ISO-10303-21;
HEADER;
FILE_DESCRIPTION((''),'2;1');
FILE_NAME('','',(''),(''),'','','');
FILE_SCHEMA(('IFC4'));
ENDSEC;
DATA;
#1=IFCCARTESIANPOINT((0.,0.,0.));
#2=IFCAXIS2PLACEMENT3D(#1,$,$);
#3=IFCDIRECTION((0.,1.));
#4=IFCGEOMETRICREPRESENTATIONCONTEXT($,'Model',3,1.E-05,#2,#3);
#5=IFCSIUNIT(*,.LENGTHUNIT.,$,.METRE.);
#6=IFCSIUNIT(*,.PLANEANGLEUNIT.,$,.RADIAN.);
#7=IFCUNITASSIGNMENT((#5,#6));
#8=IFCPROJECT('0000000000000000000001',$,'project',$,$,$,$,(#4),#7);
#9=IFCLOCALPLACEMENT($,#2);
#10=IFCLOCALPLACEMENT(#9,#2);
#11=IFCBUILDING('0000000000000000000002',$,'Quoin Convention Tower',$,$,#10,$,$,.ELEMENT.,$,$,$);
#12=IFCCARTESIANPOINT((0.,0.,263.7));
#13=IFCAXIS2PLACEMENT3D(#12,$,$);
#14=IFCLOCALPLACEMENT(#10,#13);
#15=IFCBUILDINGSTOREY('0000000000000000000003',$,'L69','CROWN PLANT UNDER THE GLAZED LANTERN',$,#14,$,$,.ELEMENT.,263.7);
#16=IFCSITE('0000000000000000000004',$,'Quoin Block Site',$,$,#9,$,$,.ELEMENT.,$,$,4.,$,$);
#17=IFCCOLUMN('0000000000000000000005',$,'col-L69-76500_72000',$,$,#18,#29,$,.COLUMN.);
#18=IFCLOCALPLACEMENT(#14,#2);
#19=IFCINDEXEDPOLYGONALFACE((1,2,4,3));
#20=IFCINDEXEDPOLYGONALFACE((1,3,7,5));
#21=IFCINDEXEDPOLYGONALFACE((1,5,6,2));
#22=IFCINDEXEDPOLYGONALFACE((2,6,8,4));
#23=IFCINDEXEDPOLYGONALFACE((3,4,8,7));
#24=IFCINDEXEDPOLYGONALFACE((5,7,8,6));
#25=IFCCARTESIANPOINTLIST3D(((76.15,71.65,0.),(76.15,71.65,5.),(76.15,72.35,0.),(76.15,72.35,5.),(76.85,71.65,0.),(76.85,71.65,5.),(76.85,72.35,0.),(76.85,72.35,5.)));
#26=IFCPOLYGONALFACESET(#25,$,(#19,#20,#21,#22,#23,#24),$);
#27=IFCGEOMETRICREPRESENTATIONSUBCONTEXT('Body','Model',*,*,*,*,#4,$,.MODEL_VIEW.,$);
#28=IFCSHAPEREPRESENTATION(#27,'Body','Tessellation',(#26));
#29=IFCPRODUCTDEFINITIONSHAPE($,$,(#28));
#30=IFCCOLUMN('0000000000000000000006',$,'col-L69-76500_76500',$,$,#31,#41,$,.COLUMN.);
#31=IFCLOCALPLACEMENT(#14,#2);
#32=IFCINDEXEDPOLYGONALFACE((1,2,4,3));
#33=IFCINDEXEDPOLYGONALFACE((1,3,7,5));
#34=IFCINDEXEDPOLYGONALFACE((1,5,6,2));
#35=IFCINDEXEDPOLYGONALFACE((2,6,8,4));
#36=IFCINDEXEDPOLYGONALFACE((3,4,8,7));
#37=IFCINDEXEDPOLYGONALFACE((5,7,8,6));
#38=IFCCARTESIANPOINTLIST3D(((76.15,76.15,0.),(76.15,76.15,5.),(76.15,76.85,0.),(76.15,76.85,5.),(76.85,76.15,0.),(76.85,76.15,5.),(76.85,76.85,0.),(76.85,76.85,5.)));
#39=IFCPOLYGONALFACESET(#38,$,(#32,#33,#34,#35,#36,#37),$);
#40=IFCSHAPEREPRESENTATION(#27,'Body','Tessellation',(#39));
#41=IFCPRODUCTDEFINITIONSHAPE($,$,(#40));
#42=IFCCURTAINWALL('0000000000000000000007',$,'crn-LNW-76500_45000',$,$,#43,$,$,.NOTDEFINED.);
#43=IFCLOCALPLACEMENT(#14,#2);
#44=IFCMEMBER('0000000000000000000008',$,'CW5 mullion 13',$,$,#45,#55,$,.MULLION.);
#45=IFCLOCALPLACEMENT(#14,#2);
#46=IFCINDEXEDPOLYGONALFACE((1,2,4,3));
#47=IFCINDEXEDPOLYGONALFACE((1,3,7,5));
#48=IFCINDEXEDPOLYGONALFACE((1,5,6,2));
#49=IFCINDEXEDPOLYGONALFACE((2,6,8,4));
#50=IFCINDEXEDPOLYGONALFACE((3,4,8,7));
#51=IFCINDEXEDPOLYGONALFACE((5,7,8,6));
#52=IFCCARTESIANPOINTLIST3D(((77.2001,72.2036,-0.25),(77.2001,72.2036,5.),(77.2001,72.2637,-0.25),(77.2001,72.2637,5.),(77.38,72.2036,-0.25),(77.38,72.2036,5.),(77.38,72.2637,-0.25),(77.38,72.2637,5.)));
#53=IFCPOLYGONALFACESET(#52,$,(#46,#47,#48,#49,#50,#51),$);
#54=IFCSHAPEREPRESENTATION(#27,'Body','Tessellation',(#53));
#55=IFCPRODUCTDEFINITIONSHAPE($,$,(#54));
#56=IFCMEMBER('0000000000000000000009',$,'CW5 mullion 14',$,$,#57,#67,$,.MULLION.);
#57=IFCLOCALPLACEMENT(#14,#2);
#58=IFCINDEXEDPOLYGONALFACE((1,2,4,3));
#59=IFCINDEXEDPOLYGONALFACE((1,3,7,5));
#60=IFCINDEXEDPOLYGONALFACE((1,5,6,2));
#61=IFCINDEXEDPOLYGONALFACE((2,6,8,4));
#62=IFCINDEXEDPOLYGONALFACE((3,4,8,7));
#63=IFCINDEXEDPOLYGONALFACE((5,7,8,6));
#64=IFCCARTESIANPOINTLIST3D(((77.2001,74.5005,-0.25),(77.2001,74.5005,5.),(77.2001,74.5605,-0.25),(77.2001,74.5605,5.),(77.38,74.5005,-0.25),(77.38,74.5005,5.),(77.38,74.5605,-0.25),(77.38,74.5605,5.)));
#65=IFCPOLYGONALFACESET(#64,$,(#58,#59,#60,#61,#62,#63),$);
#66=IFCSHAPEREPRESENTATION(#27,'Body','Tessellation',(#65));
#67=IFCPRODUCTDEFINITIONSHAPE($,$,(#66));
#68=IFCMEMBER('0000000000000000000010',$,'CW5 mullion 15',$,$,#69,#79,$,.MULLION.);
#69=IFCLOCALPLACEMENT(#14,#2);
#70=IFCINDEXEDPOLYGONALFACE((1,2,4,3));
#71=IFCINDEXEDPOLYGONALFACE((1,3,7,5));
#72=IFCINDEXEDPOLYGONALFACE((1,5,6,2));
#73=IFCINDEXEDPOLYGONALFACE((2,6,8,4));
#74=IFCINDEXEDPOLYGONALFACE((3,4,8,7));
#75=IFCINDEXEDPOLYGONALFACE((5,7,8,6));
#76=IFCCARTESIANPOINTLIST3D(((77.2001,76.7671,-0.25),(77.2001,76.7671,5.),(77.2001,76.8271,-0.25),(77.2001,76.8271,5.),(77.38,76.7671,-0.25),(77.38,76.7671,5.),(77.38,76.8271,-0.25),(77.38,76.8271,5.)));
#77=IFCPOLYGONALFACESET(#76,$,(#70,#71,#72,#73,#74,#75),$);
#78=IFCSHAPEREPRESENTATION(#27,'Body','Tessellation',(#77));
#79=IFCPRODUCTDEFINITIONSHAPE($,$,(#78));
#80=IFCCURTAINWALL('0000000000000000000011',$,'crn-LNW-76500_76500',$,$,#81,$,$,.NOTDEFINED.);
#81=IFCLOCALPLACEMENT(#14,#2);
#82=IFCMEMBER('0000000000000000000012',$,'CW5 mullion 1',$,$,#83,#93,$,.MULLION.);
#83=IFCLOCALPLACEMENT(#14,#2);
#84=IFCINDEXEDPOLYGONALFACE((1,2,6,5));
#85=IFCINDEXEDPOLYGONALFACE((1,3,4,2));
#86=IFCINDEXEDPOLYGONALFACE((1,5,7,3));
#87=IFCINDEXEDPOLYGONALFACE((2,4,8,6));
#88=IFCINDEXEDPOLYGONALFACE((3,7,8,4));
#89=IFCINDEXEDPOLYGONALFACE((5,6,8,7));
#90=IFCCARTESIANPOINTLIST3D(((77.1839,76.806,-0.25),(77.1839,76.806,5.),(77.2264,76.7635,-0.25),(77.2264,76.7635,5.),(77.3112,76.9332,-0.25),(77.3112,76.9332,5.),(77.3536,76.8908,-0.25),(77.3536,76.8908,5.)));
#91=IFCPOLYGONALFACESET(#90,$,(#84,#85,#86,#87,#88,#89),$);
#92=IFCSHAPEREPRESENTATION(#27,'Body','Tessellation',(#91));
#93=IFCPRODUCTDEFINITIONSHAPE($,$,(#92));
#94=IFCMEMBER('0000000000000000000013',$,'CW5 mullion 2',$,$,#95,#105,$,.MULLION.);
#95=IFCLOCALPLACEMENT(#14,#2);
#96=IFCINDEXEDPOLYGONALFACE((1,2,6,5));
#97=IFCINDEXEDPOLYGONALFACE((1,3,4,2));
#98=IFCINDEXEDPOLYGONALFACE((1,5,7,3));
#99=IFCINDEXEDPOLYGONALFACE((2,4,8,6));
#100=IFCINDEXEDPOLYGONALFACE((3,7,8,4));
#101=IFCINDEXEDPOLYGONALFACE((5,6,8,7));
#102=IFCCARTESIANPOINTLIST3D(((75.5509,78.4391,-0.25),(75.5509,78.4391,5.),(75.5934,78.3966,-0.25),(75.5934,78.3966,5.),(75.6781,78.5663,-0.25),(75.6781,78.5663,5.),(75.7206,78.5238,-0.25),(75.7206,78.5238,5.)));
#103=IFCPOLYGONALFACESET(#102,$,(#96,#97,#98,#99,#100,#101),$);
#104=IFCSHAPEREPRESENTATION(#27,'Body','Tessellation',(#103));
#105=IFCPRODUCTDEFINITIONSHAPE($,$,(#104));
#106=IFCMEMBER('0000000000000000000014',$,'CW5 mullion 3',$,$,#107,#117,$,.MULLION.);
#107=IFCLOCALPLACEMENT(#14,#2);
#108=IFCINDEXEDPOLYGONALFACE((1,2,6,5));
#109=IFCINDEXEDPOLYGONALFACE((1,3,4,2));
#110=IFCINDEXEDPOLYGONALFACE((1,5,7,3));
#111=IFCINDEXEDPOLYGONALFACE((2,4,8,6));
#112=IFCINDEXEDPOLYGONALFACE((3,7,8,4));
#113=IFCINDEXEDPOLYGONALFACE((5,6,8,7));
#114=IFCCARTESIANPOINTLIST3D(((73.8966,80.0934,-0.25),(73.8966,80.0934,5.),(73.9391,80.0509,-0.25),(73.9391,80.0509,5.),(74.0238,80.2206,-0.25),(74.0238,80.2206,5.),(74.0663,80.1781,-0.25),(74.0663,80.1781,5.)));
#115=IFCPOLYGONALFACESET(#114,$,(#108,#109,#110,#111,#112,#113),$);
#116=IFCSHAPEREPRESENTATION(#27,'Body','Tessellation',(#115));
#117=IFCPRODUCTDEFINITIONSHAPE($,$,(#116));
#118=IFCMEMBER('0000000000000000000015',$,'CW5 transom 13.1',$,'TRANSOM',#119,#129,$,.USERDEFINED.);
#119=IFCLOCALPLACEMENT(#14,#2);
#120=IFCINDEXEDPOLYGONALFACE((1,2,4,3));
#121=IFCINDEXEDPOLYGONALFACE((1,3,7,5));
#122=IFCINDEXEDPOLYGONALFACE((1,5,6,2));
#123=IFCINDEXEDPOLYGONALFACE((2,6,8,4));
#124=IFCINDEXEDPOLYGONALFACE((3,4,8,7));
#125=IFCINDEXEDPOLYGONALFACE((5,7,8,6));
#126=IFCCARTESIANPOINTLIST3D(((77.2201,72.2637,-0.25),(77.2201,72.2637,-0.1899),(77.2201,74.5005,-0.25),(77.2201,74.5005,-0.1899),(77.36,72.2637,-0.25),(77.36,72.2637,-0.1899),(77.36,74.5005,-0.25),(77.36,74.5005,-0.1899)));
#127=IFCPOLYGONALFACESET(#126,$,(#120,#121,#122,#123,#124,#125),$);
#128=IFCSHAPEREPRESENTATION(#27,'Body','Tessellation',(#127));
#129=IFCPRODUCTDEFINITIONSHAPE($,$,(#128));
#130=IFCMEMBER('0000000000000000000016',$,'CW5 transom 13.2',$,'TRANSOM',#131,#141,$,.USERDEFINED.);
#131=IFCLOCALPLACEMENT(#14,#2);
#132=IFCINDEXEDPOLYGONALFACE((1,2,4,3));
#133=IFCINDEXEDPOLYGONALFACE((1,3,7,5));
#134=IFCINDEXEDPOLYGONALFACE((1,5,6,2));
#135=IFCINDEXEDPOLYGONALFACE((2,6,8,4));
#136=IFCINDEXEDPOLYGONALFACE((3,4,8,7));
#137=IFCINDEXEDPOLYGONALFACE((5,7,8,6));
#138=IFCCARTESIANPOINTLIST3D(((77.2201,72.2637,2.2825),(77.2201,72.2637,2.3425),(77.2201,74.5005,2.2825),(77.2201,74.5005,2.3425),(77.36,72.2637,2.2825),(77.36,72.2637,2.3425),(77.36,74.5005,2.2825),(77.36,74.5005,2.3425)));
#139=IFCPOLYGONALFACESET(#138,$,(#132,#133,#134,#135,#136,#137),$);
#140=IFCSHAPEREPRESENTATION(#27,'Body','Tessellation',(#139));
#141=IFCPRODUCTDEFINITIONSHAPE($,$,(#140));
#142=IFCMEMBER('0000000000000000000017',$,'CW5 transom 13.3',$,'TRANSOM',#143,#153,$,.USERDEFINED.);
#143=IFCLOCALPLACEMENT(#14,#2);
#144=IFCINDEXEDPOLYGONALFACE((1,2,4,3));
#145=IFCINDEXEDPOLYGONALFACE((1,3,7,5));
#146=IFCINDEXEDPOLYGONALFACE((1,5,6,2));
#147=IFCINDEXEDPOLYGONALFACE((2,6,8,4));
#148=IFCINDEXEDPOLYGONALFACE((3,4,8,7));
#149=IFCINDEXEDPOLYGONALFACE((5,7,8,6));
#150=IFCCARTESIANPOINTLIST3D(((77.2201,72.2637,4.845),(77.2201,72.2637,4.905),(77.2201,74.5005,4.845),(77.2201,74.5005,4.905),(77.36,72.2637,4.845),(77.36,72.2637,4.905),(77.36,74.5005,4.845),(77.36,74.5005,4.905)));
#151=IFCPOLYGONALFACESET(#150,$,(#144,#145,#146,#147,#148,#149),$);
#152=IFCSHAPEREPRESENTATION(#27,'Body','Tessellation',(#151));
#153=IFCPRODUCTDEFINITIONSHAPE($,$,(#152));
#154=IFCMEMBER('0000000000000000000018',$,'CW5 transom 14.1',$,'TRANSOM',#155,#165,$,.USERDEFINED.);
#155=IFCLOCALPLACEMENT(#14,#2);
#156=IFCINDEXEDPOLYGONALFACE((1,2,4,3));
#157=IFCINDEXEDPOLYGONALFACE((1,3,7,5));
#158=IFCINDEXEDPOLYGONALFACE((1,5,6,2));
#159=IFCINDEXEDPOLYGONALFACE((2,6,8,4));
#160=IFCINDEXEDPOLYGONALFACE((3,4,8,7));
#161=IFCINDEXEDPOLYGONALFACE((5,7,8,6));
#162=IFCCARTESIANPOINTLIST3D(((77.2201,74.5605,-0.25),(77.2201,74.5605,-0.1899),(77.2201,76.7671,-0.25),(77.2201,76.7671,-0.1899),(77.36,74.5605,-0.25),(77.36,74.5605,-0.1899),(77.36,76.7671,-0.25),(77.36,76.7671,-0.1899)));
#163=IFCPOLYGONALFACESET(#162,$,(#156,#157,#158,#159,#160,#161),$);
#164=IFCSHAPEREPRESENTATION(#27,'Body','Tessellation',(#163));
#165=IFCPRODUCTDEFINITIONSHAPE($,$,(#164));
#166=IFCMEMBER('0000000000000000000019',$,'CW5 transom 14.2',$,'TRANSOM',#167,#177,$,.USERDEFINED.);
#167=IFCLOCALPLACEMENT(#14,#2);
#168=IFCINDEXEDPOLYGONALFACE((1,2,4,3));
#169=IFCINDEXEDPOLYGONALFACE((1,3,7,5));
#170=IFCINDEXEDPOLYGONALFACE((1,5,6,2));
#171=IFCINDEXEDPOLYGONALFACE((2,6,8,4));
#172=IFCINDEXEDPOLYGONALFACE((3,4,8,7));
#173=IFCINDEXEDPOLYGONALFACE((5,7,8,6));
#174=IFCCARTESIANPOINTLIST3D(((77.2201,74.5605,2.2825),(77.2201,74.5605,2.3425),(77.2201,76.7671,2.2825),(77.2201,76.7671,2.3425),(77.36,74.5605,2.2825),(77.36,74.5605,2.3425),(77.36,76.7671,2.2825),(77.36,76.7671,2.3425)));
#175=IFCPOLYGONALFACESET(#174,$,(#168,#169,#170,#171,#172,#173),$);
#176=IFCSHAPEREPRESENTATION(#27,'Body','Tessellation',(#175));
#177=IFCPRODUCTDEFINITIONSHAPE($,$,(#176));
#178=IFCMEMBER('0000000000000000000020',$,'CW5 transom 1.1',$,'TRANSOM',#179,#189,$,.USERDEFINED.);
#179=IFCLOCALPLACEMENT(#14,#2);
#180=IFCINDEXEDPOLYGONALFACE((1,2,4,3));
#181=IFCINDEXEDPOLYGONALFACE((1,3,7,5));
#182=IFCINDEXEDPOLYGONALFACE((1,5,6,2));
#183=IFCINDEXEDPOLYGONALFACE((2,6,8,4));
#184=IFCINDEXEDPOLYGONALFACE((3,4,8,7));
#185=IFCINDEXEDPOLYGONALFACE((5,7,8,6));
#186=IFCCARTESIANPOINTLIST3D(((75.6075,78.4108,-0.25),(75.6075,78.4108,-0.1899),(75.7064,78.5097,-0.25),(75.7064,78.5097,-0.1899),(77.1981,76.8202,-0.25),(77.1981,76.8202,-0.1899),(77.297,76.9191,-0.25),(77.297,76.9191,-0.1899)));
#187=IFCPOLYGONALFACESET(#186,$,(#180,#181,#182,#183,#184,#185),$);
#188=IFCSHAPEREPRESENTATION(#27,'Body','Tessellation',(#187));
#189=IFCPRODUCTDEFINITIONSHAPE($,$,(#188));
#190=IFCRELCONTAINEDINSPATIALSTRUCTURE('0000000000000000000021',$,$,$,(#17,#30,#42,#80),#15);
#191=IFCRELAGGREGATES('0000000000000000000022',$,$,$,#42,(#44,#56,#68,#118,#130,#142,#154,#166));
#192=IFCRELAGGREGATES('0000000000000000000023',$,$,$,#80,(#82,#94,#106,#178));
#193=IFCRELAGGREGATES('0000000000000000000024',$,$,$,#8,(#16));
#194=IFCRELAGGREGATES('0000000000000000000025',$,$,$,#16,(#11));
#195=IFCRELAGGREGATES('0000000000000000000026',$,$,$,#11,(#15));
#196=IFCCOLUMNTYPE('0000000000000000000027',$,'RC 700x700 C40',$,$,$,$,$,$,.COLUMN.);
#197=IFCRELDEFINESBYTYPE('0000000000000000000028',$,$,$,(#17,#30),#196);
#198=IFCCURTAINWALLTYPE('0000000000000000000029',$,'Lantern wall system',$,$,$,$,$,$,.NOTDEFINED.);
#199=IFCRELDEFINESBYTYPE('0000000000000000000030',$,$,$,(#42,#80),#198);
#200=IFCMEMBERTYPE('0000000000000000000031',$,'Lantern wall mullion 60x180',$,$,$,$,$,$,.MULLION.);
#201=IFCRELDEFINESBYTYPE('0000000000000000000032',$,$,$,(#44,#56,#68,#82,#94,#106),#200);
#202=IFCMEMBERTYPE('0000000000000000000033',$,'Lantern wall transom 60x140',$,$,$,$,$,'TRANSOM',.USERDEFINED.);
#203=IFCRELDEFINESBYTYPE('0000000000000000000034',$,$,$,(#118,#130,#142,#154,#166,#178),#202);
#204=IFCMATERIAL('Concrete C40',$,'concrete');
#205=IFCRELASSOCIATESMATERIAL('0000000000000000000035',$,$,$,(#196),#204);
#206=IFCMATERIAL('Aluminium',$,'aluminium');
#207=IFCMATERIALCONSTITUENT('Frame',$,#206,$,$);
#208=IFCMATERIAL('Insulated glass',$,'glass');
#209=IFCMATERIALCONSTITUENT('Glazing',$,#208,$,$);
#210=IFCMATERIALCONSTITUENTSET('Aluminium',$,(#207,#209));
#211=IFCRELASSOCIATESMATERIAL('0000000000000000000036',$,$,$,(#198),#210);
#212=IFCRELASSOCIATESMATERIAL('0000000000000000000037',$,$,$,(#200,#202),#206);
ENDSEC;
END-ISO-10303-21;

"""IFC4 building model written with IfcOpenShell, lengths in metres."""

from ifc_helpers import new_model, si_unit, direction, frame, origin, origin_2d, place, context, subcontext, project, spatial, rectangle, extrude, material, constituent, constituent_set, material_profile, profile_set, type_object, element, aggregate, save


model = new_model("IFC4")

# Units and contexts
model_context = context("Model", 3, precision=1e-05, world=origin(), true_north=direction((0.0, 1.0)))
body_context = subcontext(model_context, "Body", "Model", "MODEL_VIEW")
ifc_project = project(units=[si_unit("LENGTHUNIT", "METRE"), si_unit("PLANEANGLEUNIT", "RADIAN")], contexts=[model_context])

# Site, building, storey
site_placement = place(None, origin())
site = spatial("IfcSite", under=ifc_project, at=site_placement, Name="Quoin Block Site", CompositionType="ELEMENT", RefElevation=4.0)
building_placement = place(site_placement, origin())
building = spatial("IfcBuilding", under=site, at=building_placement, Name="Quoin Convention Tower", CompositionType="ELEMENT")
storey_placement = place(building_placement, frame((0.0, 0.0, 263.7)))
storey = spatial("IfcBuildingStorey", under=building, at=storey_placement, Name="L69", Description="CROWN PLANT UNDER THE GLAZED LANTERN", CompositionType="ELEMENT", Elevation=263.7)

# Columns
ifc_material_1 = material(Name="Concrete C40", Category="concrete")
ifc_material_profile_1 = material_profile(ifc_material_1, rectangle(XDim=0.7, YDim=0.7, at=origin_2d()), Name="RC 700x700")
ifc_profile_set_1 = profile_set([ifc_material_profile_1], Name="Concrete C40")
column_type = type_object("IfcColumnType", Name="RC 700x700 C40", PredefinedType="COLUMN", material=ifc_profile_set_1)
for number, where, z_axis, x_axis, name in (
    (1, (76.5, 72.0, 0.0), (0.0, 0.0, 1.0), (1.0, 0.0, 0.0), "col-L69-76500_72000"),
    (2, (76.5, 76.5, 0.0), (0.0, 0.0, 1.0), (1.0, 0.0, 0.0), "col-L69-76500_76500"),
):
    element("IfcColumn", number, at=place(storey_placement, frame(where, z_axis=z_axis, x_axis=x_axis)), inside=storey, type_object=column_type, Name=name, PredefinedType="COLUMN", context=body_context, shape_type="SweptSolid", body=[
        extrude(rectangle(XDim=0.7, YDim=0.7, at=origin_2d()), origin(), (0.0, 0.0, 1.0), 5.0),
    ])

# Curtain walls, members
ifc_material_2 = material(Name="Aluminium", Category="aluminium")
ifc_constituent_1 = constituent(ifc_material_2, Name="Frame")
ifc_material_3 = material(Name="Insulated glass", Category="glass")
ifc_constituent_2 = constituent(ifc_material_3, Name="Glazing")
ifc_constituent_set = constituent_set(constituents=[ifc_constituent_1, ifc_constituent_2], Name="Aluminium")
curtain_wall_type = type_object("IfcCurtainWallType", Name="Lantern wall system", PredefinedType="NOTDEFINED", material=ifc_constituent_set)
curtain_wall_1_placement = place(storey_placement, origin())
curtain_wall_1 = element("IfcCurtainWall", 3, at=curtain_wall_1_placement, inside=storey, type_object=curtain_wall_type, Name="crn-LNW-76500_45000", PredefinedType="NOTDEFINED")
ifc_material_profile_2 = material_profile(ifc_material_2, rectangle(XDim=0.1799, YDim=0.0601, at=origin_2d()), Name="Lantern wall mullion 60x180")
ifc_profile_set_2 = profile_set([ifc_material_profile_2], Name="Aluminium")
member_type_1 = type_object("IfcMemberType", Name="Lantern wall mullion 60x180", PredefinedType="MULLION", material=ifc_profile_set_2)
member_1_placement = place(storey_placement, frame((77.29, 72.2336, -0.25), z_axis=(0.0, 0.0, 1.0), x_axis=(-1.0, 0.0, 0.0)))
member_1 = element("IfcMember", 4, at=member_1_placement, type_object=member_type_1, Name="CW5 mullion 13", PredefinedType="MULLION", context=body_context, shape_type="SweptSolid", body=[
    extrude(rectangle(XDim=0.1799, YDim=0.0601, at=origin_2d()), origin(), (0.0, 0.0, 1.0), 5.25),
])
member_2_placement = place(storey_placement, frame((77.29, 74.5305, -0.25), z_axis=(0.0, 0.0, 1.0), x_axis=(-1.0, 0.0, 0.0)))
member_2 = element("IfcMember", 5, at=member_2_placement, type_object=member_type_1, Name="CW5 mullion 14", PredefinedType="MULLION", context=body_context, shape_type="SweptSolid", body=[
    extrude(rectangle(XDim=0.1799, YDim=0.0601, at=origin_2d()), origin(), (0.0, 0.0, 1.0), 5.25),
])
member_3_placement = place(storey_placement, frame((77.29, 76.7971, -0.25), z_axis=(0.0, 0.0, 1.0), x_axis=(-1.0, 0.0, 0.0)))
member_3 = element("IfcMember", 6, at=member_3_placement, type_object=member_type_1, Name="CW5 mullion 15", PredefinedType="MULLION", context=body_context, shape_type="SweptSolid", body=[
    extrude(rectangle(XDim=0.1799, YDim=0.0601, at=origin_2d()), origin(), (0.0, 0.0, 1.0), 5.25),
])
curtain_wall_2_placement = place(storey_placement, origin())
curtain_wall_2 = element("IfcCurtainWall", 7, at=curtain_wall_2_placement, inside=storey, type_object=curtain_wall_type, Name="crn-LNW-76500_76500", PredefinedType="NOTDEFINED")
member_4_placement = place(storey_placement, frame((77.2688, 76.8484, -0.25), z_axis=(0.0, 0.0, 1.0), x_axis=(-0.707107, -0.707107, 0.0)))
member_4 = element("IfcMember", 8, at=member_4_placement, type_object=member_type_1, Name="CW5 mullion 1", PredefinedType="MULLION", context=body_context, shape_type="SweptSolid", body=[
    extrude(rectangle(XDim=0.1799, YDim=0.0601, at=origin_2d()), origin(), (0.0, 0.0, 1.0), 5.25),
])
member_5_placement = place(storey_placement, frame((75.6357, 78.4814, -0.25), z_axis=(0.0, 0.0, 1.0), x_axis=(-0.707107, -0.707107, 0.0)))
member_5 = element("IfcMember", 9, at=member_5_placement, type_object=member_type_1, Name="CW5 mullion 2", PredefinedType="MULLION", context=body_context, shape_type="SweptSolid", body=[
    extrude(rectangle(XDim=0.1799, YDim=0.0601, at=origin_2d()), origin(), (0.0, 0.0, 1.0), 5.25),
])
member_6_placement = place(storey_placement, frame((73.9814, 80.1357, -0.25), z_axis=(0.0, 0.0, 1.0), x_axis=(-0.707107, -0.707107, 0.0)))
member_6 = element("IfcMember", 10, at=member_6_placement, type_object=member_type_1, Name="CW5 mullion 3", PredefinedType="MULLION", context=body_context, shape_type="SweptSolid", body=[
    extrude(rectangle(XDim=0.1799, YDim=0.0601, at=origin_2d()), origin(), (0.0, 0.0, 1.0), 5.25),
])

# Members
ifc_material_profile_3 = material_profile(ifc_material_2, rectangle(XDim=0.1399, YDim=0.0601, at=origin_2d()), Name="Lantern wall transom 60x140")
ifc_profile_set_3 = profile_set([ifc_material_profile_3], Name="Aluminium")
member_type_2 = type_object("IfcMemberType", Name="Lantern wall transom 60x140", ElementType="TRANSOM", PredefinedType="USERDEFINED", material=ifc_profile_set_3)
member_7_placement = place(storey_placement, frame((77.29, 72.2637, -0.22), z_axis=(0.0, 1.0, 0.0), x_axis=(-1.0, 0.0, 0.0)))
member_7 = element("IfcMember", 11, at=member_7_placement, type_object=member_type_2, Name="CW5 transom 13.1", ObjectType="TRANSOM", PredefinedType="USERDEFINED", context=body_context, shape_type="SweptSolid", body=[
    extrude(rectangle(XDim=0.1399, YDim=0.0601, at=origin_2d()), origin(), (0.0, 0.0, 1.0), 2.2368),
])
member_8_placement = place(storey_placement, frame((77.29, 72.2637, 2.3125), z_axis=(0.0, 1.0, 0.0), x_axis=(-1.0, 0.0, 0.0)))
member_8 = element("IfcMember", 12, at=member_8_placement, type_object=member_type_2, Name="CW5 transom 13.2", ObjectType="TRANSOM", PredefinedType="USERDEFINED", context=body_context, shape_type="SweptSolid", body=[
    extrude(rectangle(XDim=0.1399, YDim=0.0601, at=origin_2d()), origin(), (0.0, 0.0, 1.0), 2.2368),
])
member_9_placement = place(storey_placement, frame((77.29, 72.2637, 4.875), z_axis=(0.0, 1.0, 0.0), x_axis=(-1.0, 0.0, 0.0)))
member_9 = element("IfcMember", 13, at=member_9_placement, type_object=member_type_2, Name="CW5 transom 13.3", ObjectType="TRANSOM", PredefinedType="USERDEFINED", context=body_context, shape_type="SweptSolid", body=[
    extrude(rectangle(XDim=0.1399, YDim=0.0601, at=origin_2d()), origin(), (0.0, 0.0, 1.0), 2.2368),
])
member_10_placement = place(storey_placement, frame((77.29, 74.5605, -0.22), z_axis=(0.0, 1.0, 0.0), x_axis=(-1.0, 0.0, 0.0)))
member_10 = element("IfcMember", 14, at=member_10_placement, type_object=member_type_2, Name="CW5 transom 14.1", ObjectType="TRANSOM", PredefinedType="USERDEFINED", context=body_context, shape_type="SweptSolid", body=[
    extrude(rectangle(XDim=0.1399, YDim=0.0601, at=origin_2d()), origin(), (0.0, 0.0, 1.0), 2.2065),
])
member_11_placement = place(storey_placement, frame((77.29, 74.5605, 2.3125), z_axis=(0.0, 1.0, 0.0), x_axis=(-1.0, 0.0, 0.0)))
member_11 = element("IfcMember", 15, at=member_11_placement, type_object=member_type_2, Name="CW5 transom 14.2", ObjectType="TRANSOM", PredefinedType="USERDEFINED", context=body_context, shape_type="SweptSolid", body=[
    extrude(rectangle(XDim=0.1399, YDim=0.0601, at=origin_2d()), origin(), (0.0, 0.0, 1.0), 2.2065),
])
member_12_placement = place(storey_placement, frame((77.2476, 76.8696, -0.22), z_axis=(-0.707107, 0.707107, 0.0), x_axis=(-0.707107, -0.707107, 0.0)))
member_12 = element("IfcMember", 16, at=member_12_placement, type_object=member_type_2, Name="CW5 transom 1.1", ObjectType="TRANSOM", PredefinedType="USERDEFINED", context=body_context, shape_type="SweptSolid", body=[
    extrude(rectangle(XDim=0.1399, YDim=0.0601, at=origin_2d()), origin(), (0.0, 0.0, 1.0), 2.2495),
])

aggregate(curtain_wall_1, [member_1, member_2, member_3, member_7, member_8, member_9, member_10, member_11])
aggregate(curtain_wall_2, [member_4, member_5, member_6, member_12])

save(model, "model.ifc")
